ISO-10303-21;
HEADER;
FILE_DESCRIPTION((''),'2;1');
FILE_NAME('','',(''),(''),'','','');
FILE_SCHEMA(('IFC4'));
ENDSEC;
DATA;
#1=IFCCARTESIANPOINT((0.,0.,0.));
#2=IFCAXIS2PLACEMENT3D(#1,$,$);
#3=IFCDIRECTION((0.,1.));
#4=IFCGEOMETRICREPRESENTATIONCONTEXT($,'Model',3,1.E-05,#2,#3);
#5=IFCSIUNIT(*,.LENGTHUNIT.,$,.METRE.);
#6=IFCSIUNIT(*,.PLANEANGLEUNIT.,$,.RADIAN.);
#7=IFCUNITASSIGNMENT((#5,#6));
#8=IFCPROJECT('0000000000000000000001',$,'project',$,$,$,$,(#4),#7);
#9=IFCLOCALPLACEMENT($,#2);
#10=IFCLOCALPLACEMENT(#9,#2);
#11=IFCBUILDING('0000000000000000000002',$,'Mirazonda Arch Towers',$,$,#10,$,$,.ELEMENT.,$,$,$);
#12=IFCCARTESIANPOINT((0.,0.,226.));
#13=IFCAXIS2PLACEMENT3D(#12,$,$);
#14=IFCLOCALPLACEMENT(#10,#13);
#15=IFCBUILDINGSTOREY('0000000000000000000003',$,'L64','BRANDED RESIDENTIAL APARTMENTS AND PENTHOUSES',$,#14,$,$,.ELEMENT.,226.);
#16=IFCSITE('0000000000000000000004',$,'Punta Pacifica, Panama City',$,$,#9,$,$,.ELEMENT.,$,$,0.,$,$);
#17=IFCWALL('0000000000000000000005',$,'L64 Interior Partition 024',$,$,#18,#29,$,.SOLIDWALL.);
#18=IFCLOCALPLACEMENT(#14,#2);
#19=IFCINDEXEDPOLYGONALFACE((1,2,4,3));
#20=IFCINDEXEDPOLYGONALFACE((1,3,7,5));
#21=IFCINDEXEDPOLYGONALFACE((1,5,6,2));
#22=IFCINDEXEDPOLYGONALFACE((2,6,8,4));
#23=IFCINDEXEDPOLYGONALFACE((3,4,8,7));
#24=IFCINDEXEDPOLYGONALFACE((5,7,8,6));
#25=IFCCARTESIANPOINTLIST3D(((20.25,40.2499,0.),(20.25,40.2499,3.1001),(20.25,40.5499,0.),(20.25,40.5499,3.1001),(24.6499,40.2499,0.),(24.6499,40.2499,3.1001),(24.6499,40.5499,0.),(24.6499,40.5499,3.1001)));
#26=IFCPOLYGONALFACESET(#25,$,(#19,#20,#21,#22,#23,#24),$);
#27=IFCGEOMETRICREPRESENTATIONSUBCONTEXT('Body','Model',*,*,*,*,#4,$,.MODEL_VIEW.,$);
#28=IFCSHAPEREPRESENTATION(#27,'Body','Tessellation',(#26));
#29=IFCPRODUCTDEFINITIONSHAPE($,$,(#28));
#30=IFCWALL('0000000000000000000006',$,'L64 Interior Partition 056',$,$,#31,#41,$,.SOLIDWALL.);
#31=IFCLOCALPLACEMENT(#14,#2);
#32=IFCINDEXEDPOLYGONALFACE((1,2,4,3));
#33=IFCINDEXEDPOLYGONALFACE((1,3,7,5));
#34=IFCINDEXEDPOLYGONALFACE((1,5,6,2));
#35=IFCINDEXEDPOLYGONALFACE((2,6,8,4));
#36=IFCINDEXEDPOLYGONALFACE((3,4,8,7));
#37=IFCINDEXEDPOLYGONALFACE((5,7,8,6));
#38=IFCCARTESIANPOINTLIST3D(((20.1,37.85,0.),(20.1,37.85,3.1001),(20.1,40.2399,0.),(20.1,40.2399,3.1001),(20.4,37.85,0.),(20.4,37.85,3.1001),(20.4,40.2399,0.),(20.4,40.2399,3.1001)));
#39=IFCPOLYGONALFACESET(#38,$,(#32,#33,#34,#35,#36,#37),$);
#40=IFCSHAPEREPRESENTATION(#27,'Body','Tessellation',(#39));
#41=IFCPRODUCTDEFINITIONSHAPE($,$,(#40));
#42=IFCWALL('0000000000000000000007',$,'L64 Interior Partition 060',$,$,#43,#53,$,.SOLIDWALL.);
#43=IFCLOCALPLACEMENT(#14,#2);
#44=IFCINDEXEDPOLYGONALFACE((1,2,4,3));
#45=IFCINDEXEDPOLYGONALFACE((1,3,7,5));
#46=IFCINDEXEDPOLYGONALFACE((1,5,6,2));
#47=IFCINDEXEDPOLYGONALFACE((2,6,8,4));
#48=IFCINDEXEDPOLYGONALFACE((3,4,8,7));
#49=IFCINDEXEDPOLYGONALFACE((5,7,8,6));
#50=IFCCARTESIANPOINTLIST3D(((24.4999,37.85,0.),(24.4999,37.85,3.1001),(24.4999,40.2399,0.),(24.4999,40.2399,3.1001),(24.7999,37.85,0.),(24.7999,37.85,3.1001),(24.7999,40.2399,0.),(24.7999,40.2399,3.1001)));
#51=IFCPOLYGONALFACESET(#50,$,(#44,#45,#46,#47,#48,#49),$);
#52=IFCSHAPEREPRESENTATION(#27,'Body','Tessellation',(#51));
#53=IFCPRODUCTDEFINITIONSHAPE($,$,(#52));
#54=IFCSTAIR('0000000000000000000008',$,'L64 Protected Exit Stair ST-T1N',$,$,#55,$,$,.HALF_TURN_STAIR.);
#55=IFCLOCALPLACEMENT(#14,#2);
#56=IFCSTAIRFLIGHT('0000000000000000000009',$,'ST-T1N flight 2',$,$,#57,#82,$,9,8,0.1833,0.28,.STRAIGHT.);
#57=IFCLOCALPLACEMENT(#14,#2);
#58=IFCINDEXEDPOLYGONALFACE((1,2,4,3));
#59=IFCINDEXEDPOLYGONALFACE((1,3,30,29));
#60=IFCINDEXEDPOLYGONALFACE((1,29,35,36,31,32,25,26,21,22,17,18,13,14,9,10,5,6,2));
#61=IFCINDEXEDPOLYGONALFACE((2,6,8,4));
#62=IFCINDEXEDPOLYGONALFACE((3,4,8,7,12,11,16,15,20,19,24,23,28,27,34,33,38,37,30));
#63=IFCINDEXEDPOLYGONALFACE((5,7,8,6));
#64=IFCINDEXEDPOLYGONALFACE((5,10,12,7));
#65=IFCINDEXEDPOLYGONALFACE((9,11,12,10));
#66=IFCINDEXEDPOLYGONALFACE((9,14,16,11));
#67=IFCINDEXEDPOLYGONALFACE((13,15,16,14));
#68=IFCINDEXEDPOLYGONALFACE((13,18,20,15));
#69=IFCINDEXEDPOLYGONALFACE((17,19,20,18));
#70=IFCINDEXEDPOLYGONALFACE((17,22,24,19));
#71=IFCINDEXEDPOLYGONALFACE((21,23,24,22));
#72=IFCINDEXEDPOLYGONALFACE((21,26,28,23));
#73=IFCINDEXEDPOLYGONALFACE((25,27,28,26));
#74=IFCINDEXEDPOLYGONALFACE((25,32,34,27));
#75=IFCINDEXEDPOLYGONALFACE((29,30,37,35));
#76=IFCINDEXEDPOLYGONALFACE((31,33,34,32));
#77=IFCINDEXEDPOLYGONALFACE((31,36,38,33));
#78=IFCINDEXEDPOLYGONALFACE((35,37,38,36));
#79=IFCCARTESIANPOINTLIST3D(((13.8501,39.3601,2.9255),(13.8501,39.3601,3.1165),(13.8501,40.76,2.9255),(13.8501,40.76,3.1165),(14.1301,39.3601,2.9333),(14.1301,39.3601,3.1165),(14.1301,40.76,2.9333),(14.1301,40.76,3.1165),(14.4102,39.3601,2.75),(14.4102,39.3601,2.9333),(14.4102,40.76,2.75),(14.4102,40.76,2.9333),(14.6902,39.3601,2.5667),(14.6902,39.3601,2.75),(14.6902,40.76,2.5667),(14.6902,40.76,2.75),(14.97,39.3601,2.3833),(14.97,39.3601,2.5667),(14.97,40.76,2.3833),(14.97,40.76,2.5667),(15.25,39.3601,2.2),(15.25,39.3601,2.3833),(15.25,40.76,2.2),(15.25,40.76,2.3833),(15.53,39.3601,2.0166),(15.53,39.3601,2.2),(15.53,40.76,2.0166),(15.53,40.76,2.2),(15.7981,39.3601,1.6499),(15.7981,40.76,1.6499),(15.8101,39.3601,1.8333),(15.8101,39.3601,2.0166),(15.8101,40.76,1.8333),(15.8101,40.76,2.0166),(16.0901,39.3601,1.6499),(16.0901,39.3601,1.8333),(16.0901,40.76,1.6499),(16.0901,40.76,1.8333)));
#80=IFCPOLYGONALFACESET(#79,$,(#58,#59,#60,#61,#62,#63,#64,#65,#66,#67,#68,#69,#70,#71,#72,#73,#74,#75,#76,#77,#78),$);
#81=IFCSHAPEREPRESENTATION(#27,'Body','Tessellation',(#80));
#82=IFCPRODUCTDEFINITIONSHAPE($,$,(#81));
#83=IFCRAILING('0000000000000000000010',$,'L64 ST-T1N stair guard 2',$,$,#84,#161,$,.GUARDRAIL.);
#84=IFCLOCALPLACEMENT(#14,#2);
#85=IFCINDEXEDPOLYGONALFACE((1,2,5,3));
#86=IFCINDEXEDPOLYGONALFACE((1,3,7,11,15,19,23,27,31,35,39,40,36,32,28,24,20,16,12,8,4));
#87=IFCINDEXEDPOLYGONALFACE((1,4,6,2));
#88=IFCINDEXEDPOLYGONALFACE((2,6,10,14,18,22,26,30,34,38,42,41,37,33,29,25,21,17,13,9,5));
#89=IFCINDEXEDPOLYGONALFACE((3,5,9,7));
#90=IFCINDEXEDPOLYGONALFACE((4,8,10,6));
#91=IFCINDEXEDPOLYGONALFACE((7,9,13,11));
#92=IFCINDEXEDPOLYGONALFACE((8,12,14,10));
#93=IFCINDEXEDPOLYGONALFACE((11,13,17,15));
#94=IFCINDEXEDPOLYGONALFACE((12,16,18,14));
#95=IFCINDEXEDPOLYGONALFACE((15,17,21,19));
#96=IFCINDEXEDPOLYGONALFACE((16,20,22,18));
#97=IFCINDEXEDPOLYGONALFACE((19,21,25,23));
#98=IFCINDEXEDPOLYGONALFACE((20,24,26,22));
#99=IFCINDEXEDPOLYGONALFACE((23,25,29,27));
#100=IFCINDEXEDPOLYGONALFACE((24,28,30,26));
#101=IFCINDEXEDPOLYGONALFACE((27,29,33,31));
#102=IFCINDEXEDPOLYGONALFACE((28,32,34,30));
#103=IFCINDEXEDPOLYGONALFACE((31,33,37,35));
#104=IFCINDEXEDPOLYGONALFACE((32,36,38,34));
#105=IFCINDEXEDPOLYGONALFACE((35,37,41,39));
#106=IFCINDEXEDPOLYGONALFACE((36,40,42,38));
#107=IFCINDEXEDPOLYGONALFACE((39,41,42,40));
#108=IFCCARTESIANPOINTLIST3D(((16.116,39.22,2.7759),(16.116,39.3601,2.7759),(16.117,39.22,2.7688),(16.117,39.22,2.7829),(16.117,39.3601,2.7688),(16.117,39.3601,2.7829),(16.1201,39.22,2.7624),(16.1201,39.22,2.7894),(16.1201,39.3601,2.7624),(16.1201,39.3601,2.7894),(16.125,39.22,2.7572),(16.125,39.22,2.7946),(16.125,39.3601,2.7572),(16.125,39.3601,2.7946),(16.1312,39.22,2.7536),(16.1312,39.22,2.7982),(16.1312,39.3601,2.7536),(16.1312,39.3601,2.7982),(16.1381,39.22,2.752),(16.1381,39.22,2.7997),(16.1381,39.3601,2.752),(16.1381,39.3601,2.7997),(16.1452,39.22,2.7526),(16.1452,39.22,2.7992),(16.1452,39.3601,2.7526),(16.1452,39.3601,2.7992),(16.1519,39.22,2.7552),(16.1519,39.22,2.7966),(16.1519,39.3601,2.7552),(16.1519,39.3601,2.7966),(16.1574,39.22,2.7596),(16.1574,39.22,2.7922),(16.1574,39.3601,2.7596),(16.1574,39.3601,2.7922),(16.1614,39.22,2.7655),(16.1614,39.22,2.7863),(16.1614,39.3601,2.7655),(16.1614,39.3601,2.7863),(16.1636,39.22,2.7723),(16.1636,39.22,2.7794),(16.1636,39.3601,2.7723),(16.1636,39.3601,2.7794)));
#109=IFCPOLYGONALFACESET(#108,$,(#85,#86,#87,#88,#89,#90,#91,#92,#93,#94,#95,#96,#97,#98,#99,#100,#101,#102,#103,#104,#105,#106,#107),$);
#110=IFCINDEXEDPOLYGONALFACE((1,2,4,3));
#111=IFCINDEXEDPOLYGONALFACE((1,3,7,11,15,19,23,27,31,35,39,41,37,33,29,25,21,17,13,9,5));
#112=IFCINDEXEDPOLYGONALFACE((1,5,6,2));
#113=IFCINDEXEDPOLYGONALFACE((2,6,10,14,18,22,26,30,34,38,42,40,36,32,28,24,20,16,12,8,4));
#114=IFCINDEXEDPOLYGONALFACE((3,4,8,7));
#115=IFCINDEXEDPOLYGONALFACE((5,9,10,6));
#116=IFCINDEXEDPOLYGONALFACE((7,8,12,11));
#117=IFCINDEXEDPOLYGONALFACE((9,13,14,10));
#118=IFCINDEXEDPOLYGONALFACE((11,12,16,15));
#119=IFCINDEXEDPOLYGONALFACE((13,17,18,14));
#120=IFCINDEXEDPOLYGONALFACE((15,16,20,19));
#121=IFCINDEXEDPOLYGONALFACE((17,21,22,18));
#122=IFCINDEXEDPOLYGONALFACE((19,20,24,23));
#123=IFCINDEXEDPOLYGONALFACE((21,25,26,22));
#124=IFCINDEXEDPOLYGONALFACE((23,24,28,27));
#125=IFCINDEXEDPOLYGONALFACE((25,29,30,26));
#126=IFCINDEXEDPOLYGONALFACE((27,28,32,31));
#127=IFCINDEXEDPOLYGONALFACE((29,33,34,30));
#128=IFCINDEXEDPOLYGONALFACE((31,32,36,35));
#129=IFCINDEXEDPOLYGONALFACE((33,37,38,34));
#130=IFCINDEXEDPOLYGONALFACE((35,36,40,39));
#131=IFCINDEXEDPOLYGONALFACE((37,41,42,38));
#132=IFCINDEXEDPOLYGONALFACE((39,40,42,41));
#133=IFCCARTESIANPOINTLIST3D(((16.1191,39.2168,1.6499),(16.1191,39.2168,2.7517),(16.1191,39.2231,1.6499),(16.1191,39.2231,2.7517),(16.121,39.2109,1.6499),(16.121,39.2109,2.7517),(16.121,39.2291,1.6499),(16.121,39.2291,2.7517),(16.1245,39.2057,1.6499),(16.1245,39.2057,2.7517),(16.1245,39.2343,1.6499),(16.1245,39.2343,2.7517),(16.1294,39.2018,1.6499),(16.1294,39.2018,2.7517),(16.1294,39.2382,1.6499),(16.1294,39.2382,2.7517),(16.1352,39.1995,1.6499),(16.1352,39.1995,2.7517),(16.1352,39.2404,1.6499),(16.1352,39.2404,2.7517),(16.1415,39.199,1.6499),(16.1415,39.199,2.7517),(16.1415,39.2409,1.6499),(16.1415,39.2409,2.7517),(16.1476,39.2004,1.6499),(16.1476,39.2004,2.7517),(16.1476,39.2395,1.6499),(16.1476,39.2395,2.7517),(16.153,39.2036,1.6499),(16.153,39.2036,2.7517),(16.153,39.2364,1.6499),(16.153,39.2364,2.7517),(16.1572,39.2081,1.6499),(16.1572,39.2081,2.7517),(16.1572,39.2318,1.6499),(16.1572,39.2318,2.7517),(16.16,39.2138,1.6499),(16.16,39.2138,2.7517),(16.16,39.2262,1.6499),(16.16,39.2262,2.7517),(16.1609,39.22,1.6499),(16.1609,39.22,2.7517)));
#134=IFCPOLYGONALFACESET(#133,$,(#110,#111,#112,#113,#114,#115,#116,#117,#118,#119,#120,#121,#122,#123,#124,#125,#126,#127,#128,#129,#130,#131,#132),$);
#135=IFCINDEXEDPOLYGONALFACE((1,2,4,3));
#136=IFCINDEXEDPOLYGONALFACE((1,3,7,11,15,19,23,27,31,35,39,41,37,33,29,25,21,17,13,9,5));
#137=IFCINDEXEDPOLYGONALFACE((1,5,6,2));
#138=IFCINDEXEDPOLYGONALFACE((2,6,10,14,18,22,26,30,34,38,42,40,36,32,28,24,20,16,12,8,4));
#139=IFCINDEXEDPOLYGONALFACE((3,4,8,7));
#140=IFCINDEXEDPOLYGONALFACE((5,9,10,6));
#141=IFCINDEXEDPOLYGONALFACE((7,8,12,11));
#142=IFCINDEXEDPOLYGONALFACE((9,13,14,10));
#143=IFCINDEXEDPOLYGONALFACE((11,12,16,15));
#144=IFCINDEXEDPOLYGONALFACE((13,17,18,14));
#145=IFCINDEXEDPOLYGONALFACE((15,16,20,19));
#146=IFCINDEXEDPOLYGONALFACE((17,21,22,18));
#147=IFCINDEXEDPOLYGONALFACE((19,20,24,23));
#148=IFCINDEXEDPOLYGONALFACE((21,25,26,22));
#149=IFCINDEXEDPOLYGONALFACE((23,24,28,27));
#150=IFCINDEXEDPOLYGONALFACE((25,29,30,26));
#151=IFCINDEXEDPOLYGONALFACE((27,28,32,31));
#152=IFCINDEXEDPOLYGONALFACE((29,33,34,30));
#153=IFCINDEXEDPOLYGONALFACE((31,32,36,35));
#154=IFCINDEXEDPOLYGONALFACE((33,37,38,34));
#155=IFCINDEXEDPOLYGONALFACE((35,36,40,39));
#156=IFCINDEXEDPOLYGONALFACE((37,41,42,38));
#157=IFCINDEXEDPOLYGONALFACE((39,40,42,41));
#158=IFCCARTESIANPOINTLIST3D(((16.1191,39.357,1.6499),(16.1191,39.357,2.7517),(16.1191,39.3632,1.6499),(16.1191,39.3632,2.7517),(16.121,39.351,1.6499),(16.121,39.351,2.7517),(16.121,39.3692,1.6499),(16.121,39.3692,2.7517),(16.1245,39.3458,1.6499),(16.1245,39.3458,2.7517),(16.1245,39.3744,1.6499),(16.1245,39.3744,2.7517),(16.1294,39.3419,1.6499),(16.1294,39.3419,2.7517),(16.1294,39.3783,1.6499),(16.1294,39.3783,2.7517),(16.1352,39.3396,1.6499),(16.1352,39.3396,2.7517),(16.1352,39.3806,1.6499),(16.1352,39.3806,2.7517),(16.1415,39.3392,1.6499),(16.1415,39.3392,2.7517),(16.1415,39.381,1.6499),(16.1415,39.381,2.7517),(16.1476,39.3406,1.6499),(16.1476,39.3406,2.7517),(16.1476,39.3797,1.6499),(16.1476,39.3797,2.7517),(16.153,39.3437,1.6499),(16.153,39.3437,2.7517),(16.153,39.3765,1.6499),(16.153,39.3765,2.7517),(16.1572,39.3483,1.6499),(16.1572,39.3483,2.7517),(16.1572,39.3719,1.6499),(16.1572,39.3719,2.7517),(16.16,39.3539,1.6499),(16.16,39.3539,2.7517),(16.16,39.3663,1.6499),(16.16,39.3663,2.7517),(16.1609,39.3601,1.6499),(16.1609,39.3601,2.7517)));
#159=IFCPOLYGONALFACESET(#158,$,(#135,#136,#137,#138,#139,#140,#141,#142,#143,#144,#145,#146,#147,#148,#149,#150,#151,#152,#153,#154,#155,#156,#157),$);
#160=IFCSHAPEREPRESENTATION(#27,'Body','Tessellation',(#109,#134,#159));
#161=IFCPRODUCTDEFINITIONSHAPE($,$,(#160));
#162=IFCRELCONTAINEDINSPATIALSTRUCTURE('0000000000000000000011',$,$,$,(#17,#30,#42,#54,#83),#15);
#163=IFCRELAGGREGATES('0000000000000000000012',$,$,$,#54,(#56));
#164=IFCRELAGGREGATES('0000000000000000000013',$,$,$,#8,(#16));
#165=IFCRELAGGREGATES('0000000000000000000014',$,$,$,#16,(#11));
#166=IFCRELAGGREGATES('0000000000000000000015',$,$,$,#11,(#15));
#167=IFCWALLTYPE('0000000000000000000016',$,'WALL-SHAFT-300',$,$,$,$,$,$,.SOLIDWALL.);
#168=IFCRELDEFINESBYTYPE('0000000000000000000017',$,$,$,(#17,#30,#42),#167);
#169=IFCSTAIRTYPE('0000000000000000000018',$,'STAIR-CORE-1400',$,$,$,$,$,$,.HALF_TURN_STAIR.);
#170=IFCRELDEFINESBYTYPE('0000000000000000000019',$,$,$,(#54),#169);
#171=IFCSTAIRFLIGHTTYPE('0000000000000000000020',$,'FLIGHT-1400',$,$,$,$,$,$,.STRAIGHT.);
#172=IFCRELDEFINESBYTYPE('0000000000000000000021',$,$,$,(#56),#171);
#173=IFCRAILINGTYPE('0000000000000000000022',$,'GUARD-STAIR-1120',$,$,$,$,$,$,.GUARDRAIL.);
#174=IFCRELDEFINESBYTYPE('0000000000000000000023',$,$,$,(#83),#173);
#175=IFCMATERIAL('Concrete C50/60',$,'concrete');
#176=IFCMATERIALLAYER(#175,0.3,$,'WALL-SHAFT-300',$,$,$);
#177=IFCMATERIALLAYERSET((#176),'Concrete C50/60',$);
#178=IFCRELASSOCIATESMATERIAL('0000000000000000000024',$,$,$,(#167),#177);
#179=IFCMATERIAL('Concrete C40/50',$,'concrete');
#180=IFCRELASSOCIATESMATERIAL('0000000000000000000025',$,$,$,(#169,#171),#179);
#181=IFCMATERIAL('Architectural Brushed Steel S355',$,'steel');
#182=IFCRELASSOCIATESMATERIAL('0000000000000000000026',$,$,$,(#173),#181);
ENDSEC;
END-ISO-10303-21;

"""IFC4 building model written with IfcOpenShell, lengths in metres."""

from ifc_helpers import new_model, si_unit, direction, frame, frame_2d, origin, origin_2d, place, context, subcontext, project, spatial, polyline, rectangle, circle, outline, extrude, material, layer, layer_set, type_object, element, aggregate, save


model = new_model("IFC4")

# Units and contexts
model_context = context("Model", 3, precision=1e-05, world=origin(), true_north=direction((0.0, 1.0)))
body_context = subcontext(model_context, "Body", "Model", "MODEL_VIEW")
ifc_project = project(units=[si_unit("LENGTHUNIT", "METRE"), si_unit("PLANEANGLEUNIT", "RADIAN")], contexts=[model_context])

# Site, building, storey
site_placement = place(None, origin())
site = spatial("IfcSite", under=ifc_project, at=site_placement, Name="Punta Pacifica, Panama City", CompositionType="ELEMENT", RefElevation=0.0)
building_placement = place(site_placement, origin())
building = spatial("IfcBuilding", under=site, at=building_placement, Name="Mirazonda Arch Towers", CompositionType="ELEMENT")
storey_placement = place(building_placement, frame((0.0, 0.0, 226.0)))
storey = spatial("IfcBuildingStorey", under=building, at=storey_placement, Name="L64", Description="BRANDED RESIDENTIAL APARTMENTS AND PENTHOUSES", CompositionType="ELEMENT", Elevation=226.0)

# Shared definitions
ifc_material_1 = material(Name="Concrete C50/60", Category="concrete")

# Walls
ifc_material_2 = material(Name="Concrete C40/50", Category="concrete")
ifc_layer_1 = layer(ifc_material_1, 0.3, Name="WALL-SHAFT-300")
ifc_layer_set_1 = layer_set([ifc_layer_1], Name="Concrete C50/60")
wall_type_1 = type_object("IfcWallType", Name="WALL-SHAFT-300", PredefinedType="SOLIDWALL", material=ifc_layer_set_1)
wall_1_placement = place(storey_placement, frame((20.25, 40.3999, 0.0), z_axis=(0.0, 0.0, 1.0), x_axis=(1.0, 0.0, 0.0)))
element("IfcWall", 1, at=wall_1_placement, inside=storey, type_object=wall_type_1, Name="L64 Interior Partition 024", PredefinedType="SOLIDWALL", context=body_context, shape_type="SweptSolid", body=[
    extrude(rectangle(XDim=4.3999, YDim=0.3, at=frame_2d((2.2, 0.0))), origin(), (0.0, 0.0, 1.0), 3.1001),
])
for number, where, z_axis, x_axis, name in (
    (2, (20.25, 37.8501, 0.0), (0.0, 0.0, 1.0), (0.0, 1.0, 0.0), "L64 Interior Partition 056"),
    (3, (24.6499, 37.8501, 0.0), (0.0, 0.0, 1.0), (0.0, 1.0, 0.0), "L64 Interior Partition 060"),
):
    element("IfcWall", number, at=place(storey_placement, frame(where, z_axis=z_axis, x_axis=x_axis)), inside=storey, type_object=wall_type_1, Name=name, PredefinedType="SOLIDWALL", context=body_context, shape_type="SweptSolid", body=[
        extrude(rectangle(XDim=2.3899, YDim=0.3, at=frame_2d((1.1948, 0.0))), origin(), (0.0, 0.0, 1.0), 3.1001),
    ])

# Stair, stair flight
stair_type = type_object("IfcStairType", Name="STAIR-CORE-1400", PredefinedType="HALF_TURN_STAIR", material=ifc_material_2)
stair_placement = place(storey_placement, origin())
stair = element("IfcStair", 4, at=stair_placement, inside=storey, type_object=stair_type, Name="L64 Protected Exit Stair ST-T1N", PredefinedType="HALF_TURN_STAIR")
stair_flight_type = type_object("IfcStairFlightType", Name="FLIGHT-1400", PredefinedType="STRAIGHT", material=ifc_material_2)
stair_flight_placement = place(storey_placement, frame((16.0901, 40.0601, 1.6499), z_axis=(0.0, 0.0, 1.0), x_axis=(-1.0, 0.0, 0.0)))
stair_flight = element("IfcStairFlight", 5, at=stair_flight_placement, type_object=stair_flight_type, Name="ST-T1N flight 2", NumberOfRisers=9, NumberOfTreads=8, PredefinedType="STRAIGHT", RiserHeight=0.1833, TreadLength=0.28, context=body_context, shape_type="SweptSolid", body=[
    extrude(outline(polyline([(0.0, 0.0), (0.0, 0.1833), (0.28, 0.1833), (0.28, 0.3667), (0.5601, 0.3667), (0.5601, 0.55), (0.8401, 0.55), (0.8401, 0.7334), (1.1201, 0.7334), (1.1201, 0.9167), (1.3999, 0.9167), (1.3999, 1.1001), (1.6799, 1.1001), (1.6799, 1.2834), (1.96, 1.2834), (1.96, 1.4666), (2.24, 1.4666), (2.24, 1.6499), (2.24, 1.2756), (0.292, 0.0), (0.0, 0.0)])), frame((0.0, 0.7, 0.0), z_axis=(0.0, -1.0, 0.0), x_axis=(1.0, 0.0, 0.0)), (0.0, 0.0, 1.0), 1.3999),
])
aggregate(stair, [stair_flight])

# Railing
ifc_material_3 = material(Name="Architectural Brushed Steel S355", Category="steel")
railing_type_1 = type_object("IfcRailingType", Name="GUARD-STAIR-1120", PredefinedType="GUARDRAIL", material=ifc_material_3)
railing_1_placement = place(storey_placement, frame((16.1399, 39.22, 1.6499)))
element("IfcRailing", 6, at=railing_1_placement, inside=storey, type_object=railing_type_1, Name="L64 ST-T1N stair guard 2", PredefinedType="GUARDRAIL", context=body_context, shape_type="SweptSolid", body=[
    extrude(circle(Radius=0.0239, at=origin_2d()), frame((0.0, 0.0, 1.126), z_axis=(0.0, 1.0, 0.0), x_axis=(-1.0, 0.0, 0.0)), (0.0, 0.0, 1.0), 0.1401),
    extrude(circle(Radius=0.021, at=origin_2d()), origin(), (0.0, 0.0, 1.0), 1.1018),
    extrude(circle(Radius=0.021, at=origin_2d()), frame((0.0, 0.1401, 0.0)), (0.0, 0.0, 1.0), 1.1018),
])

save(model, "model.ifc")
